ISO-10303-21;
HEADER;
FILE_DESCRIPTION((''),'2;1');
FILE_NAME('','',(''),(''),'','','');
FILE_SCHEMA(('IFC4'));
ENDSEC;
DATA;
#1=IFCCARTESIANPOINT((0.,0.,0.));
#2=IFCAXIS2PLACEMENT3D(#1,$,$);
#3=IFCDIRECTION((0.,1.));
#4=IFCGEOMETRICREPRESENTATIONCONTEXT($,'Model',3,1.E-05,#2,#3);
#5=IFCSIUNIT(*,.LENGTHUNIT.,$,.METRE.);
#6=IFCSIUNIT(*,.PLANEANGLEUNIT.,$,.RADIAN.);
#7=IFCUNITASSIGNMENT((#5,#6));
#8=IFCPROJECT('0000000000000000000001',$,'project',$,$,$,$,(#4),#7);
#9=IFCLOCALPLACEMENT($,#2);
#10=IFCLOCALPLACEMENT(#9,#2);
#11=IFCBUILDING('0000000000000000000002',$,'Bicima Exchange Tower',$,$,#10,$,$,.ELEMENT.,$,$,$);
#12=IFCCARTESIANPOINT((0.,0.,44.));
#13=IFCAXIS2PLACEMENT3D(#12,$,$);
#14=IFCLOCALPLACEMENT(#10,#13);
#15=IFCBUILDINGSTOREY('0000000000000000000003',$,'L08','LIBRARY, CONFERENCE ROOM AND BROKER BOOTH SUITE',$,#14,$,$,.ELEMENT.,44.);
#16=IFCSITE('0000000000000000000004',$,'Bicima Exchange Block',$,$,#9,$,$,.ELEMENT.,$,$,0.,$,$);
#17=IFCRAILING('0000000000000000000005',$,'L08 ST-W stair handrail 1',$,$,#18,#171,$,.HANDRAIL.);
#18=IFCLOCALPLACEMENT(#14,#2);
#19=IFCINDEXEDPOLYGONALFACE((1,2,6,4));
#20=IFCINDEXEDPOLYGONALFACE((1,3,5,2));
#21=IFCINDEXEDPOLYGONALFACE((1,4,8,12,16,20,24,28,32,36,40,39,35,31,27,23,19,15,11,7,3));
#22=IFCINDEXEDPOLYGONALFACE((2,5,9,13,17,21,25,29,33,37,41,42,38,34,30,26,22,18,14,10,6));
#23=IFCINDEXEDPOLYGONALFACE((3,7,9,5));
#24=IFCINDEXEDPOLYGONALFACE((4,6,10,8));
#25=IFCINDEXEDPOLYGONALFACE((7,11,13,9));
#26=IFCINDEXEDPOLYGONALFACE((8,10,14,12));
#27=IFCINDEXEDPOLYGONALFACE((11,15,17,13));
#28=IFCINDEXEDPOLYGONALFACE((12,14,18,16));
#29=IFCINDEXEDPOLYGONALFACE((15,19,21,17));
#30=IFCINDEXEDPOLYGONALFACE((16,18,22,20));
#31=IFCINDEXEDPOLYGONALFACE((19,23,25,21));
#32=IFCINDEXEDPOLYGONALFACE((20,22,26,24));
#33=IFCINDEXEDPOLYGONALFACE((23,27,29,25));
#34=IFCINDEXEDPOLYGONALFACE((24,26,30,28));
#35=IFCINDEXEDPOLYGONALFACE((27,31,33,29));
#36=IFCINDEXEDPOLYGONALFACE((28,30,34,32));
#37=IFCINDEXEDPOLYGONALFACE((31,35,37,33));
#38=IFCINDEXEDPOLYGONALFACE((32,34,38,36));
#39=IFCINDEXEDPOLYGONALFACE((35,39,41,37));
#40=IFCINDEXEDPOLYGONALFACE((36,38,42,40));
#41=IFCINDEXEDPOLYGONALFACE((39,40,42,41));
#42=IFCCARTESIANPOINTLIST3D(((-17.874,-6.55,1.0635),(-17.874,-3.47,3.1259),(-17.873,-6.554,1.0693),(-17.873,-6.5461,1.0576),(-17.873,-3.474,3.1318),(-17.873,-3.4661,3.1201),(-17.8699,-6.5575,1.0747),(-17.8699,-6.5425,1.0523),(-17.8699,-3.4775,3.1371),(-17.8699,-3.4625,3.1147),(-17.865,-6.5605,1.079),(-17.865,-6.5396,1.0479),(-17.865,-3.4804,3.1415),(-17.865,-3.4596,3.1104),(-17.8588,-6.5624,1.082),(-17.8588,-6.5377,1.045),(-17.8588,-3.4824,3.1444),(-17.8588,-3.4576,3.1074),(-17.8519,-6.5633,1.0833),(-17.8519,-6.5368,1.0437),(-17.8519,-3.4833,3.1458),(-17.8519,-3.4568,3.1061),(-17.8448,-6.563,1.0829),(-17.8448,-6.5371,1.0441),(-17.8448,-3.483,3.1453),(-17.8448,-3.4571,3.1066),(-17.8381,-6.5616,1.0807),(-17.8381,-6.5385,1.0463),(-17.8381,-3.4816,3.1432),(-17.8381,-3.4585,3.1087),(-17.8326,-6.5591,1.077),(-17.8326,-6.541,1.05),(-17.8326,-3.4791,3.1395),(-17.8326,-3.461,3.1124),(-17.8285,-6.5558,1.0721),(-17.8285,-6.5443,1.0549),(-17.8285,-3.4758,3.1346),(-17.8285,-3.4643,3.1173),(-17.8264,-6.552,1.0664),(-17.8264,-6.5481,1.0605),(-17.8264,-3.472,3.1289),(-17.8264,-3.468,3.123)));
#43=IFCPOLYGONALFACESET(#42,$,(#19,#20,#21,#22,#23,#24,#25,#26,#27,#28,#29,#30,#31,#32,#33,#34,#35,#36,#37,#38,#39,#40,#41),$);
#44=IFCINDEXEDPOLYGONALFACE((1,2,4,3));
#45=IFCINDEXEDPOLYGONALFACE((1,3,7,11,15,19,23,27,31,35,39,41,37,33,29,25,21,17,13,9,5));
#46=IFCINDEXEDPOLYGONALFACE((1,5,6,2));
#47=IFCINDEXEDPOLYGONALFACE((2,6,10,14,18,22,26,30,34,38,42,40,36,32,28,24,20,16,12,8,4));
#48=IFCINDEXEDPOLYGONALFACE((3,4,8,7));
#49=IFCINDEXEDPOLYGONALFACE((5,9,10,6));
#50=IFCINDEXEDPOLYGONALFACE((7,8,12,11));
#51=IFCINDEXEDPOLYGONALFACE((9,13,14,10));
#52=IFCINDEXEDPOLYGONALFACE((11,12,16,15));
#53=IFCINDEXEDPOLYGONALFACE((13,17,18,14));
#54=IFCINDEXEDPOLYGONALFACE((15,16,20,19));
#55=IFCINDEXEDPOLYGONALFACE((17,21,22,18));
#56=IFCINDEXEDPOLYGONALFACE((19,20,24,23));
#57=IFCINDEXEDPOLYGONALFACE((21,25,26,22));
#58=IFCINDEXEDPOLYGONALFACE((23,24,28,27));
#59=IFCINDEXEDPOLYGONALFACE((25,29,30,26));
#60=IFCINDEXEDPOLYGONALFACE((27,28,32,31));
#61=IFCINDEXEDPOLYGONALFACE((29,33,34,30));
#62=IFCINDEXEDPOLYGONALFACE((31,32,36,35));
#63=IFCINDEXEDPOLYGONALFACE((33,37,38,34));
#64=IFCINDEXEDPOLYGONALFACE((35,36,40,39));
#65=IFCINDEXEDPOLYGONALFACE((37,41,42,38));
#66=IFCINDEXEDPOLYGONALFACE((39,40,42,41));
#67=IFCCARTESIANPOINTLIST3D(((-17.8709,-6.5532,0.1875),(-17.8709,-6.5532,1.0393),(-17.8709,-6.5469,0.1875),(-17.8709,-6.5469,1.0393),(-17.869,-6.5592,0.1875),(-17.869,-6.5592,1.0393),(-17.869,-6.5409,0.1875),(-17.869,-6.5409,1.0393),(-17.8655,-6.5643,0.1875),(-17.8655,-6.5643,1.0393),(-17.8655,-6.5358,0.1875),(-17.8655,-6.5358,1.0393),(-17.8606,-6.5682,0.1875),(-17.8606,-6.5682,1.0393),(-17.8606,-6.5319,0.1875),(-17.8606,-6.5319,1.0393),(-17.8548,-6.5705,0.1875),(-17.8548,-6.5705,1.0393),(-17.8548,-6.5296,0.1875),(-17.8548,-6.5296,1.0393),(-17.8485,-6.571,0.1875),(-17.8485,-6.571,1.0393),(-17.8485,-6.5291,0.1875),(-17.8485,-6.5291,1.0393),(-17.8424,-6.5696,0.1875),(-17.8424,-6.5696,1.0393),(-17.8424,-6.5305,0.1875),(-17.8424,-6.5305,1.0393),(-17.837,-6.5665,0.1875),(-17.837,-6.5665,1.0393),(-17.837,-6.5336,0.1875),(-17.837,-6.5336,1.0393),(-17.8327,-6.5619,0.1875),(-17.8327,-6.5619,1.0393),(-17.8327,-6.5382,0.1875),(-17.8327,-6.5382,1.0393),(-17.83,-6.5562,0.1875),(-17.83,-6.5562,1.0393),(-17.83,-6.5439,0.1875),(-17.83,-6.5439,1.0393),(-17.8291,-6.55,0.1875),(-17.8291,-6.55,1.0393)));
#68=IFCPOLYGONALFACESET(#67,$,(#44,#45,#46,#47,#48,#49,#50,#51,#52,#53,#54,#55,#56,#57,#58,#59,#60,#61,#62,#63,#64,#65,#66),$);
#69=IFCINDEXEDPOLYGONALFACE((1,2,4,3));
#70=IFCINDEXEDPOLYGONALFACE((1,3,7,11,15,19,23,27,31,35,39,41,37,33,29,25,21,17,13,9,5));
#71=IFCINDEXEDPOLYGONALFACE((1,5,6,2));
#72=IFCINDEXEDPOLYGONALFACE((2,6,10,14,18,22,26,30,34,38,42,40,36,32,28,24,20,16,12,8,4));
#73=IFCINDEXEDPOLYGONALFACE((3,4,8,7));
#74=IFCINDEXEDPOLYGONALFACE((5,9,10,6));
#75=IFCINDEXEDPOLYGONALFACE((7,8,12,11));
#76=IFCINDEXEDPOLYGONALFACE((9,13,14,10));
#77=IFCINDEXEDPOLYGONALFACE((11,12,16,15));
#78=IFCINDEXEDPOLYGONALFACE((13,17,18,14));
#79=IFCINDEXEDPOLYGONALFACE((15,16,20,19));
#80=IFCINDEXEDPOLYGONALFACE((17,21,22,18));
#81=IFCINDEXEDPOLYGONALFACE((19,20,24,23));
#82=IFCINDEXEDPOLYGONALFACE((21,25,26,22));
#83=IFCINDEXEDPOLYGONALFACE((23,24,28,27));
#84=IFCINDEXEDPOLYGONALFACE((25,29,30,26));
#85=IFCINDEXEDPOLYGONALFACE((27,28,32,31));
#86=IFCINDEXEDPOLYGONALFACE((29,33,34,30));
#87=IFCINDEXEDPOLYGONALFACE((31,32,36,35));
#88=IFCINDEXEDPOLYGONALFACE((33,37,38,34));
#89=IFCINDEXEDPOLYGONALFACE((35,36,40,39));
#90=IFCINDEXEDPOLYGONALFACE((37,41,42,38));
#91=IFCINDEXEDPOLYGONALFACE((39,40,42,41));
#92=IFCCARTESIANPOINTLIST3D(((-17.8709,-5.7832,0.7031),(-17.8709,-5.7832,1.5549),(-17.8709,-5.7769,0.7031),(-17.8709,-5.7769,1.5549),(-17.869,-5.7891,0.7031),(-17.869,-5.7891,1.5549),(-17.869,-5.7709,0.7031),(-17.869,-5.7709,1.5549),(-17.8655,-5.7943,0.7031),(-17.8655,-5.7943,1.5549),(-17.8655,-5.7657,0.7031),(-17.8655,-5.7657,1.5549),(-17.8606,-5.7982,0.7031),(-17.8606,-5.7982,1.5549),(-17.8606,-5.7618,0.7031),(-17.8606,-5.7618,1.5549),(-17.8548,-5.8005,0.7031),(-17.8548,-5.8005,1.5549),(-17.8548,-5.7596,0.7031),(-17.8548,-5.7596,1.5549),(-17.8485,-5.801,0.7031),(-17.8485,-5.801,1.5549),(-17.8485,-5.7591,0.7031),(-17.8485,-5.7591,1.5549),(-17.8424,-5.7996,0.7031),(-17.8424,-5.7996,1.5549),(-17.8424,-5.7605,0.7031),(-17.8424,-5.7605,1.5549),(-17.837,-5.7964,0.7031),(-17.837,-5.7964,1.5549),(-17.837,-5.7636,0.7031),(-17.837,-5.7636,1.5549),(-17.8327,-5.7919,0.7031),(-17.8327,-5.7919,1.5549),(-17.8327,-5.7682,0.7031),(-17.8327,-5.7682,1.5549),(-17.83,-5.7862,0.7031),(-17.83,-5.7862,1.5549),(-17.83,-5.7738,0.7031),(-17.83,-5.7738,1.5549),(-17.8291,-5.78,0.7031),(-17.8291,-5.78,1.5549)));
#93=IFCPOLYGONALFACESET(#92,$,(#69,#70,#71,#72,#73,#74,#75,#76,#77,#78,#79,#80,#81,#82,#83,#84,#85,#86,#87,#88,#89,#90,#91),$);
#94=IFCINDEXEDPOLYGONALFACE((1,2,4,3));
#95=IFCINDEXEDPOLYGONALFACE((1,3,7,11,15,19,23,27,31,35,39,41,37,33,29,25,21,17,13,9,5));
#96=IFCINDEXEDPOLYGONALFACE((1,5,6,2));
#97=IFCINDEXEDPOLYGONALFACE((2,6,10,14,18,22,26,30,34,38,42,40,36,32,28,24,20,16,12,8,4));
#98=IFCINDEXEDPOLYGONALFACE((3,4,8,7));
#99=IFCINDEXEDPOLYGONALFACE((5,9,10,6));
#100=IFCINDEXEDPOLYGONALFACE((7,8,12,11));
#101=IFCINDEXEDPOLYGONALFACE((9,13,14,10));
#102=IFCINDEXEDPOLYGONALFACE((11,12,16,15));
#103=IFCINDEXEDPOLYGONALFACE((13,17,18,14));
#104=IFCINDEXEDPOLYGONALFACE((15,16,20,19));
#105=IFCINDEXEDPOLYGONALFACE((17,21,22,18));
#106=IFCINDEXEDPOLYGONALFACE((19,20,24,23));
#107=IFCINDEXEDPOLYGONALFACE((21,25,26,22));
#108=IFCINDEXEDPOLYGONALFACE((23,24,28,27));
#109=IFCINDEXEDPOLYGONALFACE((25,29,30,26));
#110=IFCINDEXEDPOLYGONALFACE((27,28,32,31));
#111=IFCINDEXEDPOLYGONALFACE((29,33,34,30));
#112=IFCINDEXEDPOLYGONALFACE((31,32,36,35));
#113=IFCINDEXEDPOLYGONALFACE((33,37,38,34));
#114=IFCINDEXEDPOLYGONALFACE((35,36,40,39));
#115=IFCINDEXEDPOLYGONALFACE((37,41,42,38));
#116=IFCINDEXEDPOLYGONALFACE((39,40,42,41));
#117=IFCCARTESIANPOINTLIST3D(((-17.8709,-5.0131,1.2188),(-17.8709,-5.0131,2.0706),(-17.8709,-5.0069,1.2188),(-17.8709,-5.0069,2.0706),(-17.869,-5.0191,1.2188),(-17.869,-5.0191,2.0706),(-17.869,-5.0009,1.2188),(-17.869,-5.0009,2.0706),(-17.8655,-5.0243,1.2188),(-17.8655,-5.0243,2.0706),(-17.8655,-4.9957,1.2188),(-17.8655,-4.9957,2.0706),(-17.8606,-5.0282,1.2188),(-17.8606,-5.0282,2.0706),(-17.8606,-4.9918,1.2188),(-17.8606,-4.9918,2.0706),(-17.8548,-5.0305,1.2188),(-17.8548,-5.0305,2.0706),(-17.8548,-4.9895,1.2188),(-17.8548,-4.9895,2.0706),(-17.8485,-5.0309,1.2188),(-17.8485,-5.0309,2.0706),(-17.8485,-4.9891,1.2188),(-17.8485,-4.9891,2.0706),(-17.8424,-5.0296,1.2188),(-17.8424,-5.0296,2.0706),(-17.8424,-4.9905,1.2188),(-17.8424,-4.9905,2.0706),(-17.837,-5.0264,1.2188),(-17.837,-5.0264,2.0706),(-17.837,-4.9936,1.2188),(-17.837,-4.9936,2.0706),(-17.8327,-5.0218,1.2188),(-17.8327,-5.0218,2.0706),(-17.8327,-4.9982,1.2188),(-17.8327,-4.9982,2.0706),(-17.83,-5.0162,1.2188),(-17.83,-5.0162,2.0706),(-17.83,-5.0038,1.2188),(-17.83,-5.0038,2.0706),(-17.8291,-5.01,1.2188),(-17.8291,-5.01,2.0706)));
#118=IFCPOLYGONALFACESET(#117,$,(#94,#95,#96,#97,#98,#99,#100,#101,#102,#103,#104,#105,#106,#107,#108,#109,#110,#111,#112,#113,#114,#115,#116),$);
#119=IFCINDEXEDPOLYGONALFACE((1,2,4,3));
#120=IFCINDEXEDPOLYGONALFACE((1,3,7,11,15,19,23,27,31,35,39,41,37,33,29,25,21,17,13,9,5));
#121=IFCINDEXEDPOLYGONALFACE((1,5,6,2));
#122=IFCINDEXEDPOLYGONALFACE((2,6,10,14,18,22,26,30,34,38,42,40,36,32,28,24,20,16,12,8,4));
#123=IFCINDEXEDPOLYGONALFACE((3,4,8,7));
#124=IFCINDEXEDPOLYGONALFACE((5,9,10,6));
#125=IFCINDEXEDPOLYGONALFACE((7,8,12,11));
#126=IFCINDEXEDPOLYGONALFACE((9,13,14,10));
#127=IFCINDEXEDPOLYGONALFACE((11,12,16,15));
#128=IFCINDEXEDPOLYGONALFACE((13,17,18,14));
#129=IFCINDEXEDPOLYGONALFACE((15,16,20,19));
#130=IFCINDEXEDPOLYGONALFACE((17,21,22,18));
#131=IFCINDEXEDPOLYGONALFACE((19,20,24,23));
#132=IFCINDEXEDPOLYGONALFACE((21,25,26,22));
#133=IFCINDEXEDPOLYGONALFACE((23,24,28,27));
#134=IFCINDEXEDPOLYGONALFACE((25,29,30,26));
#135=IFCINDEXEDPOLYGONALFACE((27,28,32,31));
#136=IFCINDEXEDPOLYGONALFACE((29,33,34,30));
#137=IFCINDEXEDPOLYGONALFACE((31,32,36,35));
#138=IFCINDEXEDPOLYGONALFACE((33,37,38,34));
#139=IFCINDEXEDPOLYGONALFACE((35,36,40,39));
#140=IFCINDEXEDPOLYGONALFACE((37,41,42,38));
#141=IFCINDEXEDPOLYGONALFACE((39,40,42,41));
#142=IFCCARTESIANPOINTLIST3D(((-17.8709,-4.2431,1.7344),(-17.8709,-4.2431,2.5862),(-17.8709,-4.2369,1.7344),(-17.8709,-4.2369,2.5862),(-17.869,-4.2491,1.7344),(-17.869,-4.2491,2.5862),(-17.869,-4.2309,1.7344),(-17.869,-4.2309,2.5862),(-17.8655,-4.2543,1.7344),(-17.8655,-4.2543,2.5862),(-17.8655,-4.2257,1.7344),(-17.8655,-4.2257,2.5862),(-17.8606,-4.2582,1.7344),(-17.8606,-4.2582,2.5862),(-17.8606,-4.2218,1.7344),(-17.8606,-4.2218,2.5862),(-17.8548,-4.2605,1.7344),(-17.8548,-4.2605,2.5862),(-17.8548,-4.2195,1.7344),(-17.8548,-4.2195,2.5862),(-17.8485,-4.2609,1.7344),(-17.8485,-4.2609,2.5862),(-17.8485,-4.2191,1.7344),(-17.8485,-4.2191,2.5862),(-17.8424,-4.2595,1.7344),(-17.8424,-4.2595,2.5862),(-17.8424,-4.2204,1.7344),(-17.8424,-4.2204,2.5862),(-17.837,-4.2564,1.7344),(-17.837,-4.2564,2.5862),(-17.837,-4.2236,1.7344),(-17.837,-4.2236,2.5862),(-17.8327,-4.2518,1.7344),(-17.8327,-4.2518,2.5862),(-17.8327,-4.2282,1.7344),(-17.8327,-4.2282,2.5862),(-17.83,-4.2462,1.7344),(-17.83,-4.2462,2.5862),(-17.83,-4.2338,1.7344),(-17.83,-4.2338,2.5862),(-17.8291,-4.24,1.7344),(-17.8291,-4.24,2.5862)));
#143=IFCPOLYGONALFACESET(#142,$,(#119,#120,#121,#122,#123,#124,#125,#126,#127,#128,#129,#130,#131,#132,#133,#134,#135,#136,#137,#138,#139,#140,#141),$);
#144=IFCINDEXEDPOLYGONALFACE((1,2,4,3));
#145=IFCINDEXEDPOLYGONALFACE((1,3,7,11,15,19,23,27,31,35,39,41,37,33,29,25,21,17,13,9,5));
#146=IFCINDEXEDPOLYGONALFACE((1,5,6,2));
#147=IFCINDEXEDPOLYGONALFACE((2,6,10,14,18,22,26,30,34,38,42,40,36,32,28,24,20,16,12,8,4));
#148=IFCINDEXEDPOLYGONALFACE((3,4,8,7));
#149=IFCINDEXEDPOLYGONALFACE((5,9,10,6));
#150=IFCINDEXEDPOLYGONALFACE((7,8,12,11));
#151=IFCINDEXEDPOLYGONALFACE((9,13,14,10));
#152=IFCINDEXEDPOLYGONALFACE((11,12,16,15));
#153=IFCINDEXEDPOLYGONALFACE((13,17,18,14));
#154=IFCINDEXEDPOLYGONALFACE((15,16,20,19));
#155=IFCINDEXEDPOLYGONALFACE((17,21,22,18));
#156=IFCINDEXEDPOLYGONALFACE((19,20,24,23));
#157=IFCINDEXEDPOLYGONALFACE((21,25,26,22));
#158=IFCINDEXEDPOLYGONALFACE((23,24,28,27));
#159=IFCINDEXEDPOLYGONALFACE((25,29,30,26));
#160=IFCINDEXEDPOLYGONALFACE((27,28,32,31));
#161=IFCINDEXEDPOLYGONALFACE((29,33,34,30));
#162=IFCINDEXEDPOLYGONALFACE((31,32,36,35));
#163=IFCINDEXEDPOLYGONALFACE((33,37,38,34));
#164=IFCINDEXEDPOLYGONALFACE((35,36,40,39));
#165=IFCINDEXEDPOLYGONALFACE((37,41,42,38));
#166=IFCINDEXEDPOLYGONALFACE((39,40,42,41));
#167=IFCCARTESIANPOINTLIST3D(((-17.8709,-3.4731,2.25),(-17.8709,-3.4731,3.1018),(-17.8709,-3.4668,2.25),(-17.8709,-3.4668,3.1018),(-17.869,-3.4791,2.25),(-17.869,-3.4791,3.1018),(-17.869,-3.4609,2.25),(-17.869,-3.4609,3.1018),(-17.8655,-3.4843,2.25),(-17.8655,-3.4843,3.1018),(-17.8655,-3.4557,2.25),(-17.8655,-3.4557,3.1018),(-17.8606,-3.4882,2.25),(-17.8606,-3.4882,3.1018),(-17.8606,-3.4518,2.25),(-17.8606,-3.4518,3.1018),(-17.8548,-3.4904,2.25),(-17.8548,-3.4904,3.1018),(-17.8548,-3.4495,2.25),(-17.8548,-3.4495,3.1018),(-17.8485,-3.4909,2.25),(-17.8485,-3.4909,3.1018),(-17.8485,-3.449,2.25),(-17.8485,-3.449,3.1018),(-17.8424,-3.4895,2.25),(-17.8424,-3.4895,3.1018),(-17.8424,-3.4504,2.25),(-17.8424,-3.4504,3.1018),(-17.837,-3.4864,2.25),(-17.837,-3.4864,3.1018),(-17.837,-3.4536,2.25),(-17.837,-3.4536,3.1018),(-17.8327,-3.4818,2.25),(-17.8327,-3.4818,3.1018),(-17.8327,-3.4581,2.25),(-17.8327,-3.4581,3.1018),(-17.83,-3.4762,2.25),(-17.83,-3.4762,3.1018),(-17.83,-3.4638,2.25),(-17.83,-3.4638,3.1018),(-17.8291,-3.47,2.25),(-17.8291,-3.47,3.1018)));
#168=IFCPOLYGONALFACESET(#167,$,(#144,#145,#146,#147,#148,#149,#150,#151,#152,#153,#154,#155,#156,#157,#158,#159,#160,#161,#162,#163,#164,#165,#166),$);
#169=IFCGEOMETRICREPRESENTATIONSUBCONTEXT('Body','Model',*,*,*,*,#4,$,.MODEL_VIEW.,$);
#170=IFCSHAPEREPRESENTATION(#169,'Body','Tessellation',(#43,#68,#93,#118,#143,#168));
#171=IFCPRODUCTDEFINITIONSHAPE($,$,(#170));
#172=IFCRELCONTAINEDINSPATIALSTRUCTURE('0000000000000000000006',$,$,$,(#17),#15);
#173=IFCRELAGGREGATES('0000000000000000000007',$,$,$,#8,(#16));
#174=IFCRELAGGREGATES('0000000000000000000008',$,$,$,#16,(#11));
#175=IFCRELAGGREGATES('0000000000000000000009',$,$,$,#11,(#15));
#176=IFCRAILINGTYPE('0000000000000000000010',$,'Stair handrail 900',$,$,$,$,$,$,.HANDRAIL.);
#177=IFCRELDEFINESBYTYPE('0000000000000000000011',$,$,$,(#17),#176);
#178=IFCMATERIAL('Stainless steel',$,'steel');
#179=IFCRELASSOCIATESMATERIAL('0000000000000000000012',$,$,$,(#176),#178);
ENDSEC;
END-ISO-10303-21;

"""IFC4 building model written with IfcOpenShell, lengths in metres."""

from ifc_helpers import new_model, si_unit, direction, frame, origin, origin_2d, place, context, subcontext, project, spatial, circle, extrude, material, type_object, element, save


model = new_model("IFC4")

# Units and contexts
model_context = context("Model", 3, precision=1e-05, world=origin(), true_north=direction((0.0, 1.0)))
body_context = subcontext(model_context, "Body", "Model", "MODEL_VIEW")
ifc_project = project(units=[si_unit("LENGTHUNIT", "METRE"), si_unit("PLANEANGLEUNIT", "RADIAN")], contexts=[model_context])

# Site, building, storey
site_placement = place(None, origin())
site = spatial("IfcSite", under=ifc_project, at=site_placement, Name="Bicima Exchange Block", CompositionType="ELEMENT", RefElevation=0.0)
building_placement = place(site_placement, origin())
building = spatial("IfcBuilding", under=site, at=building_placement, Name="Bicima Exchange Tower", CompositionType="ELEMENT")
storey_placement = place(building_placement, frame((0.0, 0.0, 44.0)))
storey = spatial("IfcBuildingStorey", under=building, at=storey_placement, Name="L08", Description="LIBRARY, CONFERENCE ROOM AND BROKER BOOTH SUITE", CompositionType="ELEMENT", Elevation=44.0)

# Shared definitions
ifc_material_1 = material(Name="Stainless steel", Category="steel")

# Railing
railing_type_1 = type_object("IfcRailingType", Name="Stair handrail 900", PredefinedType="HANDRAIL", material=ifc_material_1)
railing_1_placement = place(storey_placement, frame((-17.8501, -6.55, 0.1875)))
element("IfcRailing", 1, at=railing_1_placement, inside=storey, type_object=railing_type_1, Name="L08 ST-W stair handrail 1", PredefinedType="HANDRAIL", context=body_context, shape_type="SweptSolid", body=[
    extrude(circle(Radius=0.0239, at=origin_2d()), frame((0.0, 0.0, 0.876), z_axis=(0.0, 0.830914, 0.556401), x_axis=(-1.0, 0.0, 0.0)), (0.0, 0.0, 1.0), 3.7068),
    extrude(circle(Radius=0.021, at=origin_2d()), origin(), (0.0, 0.0, 1.0), 0.8518),
    extrude(circle(Radius=0.021, at=origin_2d()), frame((0.0, 0.77, 0.5156)), (0.0, 0.0, 1.0), 0.8518),
    extrude(circle(Radius=0.021, at=origin_2d()), frame((0.0, 1.54, 1.0312)), (0.0, 0.0, 1.0), 0.8518),
    extrude(circle(Radius=0.021, at=origin_2d()), frame((0.0, 2.3101, 1.5469)), (0.0, 0.0, 1.0), 0.8518),
    extrude(circle(Radius=0.021, at=origin_2d()), frame((0.0, 3.0801, 2.0625)), (0.0, 0.0, 1.0), 0.8518),
])

save(model, "model.ifc")
